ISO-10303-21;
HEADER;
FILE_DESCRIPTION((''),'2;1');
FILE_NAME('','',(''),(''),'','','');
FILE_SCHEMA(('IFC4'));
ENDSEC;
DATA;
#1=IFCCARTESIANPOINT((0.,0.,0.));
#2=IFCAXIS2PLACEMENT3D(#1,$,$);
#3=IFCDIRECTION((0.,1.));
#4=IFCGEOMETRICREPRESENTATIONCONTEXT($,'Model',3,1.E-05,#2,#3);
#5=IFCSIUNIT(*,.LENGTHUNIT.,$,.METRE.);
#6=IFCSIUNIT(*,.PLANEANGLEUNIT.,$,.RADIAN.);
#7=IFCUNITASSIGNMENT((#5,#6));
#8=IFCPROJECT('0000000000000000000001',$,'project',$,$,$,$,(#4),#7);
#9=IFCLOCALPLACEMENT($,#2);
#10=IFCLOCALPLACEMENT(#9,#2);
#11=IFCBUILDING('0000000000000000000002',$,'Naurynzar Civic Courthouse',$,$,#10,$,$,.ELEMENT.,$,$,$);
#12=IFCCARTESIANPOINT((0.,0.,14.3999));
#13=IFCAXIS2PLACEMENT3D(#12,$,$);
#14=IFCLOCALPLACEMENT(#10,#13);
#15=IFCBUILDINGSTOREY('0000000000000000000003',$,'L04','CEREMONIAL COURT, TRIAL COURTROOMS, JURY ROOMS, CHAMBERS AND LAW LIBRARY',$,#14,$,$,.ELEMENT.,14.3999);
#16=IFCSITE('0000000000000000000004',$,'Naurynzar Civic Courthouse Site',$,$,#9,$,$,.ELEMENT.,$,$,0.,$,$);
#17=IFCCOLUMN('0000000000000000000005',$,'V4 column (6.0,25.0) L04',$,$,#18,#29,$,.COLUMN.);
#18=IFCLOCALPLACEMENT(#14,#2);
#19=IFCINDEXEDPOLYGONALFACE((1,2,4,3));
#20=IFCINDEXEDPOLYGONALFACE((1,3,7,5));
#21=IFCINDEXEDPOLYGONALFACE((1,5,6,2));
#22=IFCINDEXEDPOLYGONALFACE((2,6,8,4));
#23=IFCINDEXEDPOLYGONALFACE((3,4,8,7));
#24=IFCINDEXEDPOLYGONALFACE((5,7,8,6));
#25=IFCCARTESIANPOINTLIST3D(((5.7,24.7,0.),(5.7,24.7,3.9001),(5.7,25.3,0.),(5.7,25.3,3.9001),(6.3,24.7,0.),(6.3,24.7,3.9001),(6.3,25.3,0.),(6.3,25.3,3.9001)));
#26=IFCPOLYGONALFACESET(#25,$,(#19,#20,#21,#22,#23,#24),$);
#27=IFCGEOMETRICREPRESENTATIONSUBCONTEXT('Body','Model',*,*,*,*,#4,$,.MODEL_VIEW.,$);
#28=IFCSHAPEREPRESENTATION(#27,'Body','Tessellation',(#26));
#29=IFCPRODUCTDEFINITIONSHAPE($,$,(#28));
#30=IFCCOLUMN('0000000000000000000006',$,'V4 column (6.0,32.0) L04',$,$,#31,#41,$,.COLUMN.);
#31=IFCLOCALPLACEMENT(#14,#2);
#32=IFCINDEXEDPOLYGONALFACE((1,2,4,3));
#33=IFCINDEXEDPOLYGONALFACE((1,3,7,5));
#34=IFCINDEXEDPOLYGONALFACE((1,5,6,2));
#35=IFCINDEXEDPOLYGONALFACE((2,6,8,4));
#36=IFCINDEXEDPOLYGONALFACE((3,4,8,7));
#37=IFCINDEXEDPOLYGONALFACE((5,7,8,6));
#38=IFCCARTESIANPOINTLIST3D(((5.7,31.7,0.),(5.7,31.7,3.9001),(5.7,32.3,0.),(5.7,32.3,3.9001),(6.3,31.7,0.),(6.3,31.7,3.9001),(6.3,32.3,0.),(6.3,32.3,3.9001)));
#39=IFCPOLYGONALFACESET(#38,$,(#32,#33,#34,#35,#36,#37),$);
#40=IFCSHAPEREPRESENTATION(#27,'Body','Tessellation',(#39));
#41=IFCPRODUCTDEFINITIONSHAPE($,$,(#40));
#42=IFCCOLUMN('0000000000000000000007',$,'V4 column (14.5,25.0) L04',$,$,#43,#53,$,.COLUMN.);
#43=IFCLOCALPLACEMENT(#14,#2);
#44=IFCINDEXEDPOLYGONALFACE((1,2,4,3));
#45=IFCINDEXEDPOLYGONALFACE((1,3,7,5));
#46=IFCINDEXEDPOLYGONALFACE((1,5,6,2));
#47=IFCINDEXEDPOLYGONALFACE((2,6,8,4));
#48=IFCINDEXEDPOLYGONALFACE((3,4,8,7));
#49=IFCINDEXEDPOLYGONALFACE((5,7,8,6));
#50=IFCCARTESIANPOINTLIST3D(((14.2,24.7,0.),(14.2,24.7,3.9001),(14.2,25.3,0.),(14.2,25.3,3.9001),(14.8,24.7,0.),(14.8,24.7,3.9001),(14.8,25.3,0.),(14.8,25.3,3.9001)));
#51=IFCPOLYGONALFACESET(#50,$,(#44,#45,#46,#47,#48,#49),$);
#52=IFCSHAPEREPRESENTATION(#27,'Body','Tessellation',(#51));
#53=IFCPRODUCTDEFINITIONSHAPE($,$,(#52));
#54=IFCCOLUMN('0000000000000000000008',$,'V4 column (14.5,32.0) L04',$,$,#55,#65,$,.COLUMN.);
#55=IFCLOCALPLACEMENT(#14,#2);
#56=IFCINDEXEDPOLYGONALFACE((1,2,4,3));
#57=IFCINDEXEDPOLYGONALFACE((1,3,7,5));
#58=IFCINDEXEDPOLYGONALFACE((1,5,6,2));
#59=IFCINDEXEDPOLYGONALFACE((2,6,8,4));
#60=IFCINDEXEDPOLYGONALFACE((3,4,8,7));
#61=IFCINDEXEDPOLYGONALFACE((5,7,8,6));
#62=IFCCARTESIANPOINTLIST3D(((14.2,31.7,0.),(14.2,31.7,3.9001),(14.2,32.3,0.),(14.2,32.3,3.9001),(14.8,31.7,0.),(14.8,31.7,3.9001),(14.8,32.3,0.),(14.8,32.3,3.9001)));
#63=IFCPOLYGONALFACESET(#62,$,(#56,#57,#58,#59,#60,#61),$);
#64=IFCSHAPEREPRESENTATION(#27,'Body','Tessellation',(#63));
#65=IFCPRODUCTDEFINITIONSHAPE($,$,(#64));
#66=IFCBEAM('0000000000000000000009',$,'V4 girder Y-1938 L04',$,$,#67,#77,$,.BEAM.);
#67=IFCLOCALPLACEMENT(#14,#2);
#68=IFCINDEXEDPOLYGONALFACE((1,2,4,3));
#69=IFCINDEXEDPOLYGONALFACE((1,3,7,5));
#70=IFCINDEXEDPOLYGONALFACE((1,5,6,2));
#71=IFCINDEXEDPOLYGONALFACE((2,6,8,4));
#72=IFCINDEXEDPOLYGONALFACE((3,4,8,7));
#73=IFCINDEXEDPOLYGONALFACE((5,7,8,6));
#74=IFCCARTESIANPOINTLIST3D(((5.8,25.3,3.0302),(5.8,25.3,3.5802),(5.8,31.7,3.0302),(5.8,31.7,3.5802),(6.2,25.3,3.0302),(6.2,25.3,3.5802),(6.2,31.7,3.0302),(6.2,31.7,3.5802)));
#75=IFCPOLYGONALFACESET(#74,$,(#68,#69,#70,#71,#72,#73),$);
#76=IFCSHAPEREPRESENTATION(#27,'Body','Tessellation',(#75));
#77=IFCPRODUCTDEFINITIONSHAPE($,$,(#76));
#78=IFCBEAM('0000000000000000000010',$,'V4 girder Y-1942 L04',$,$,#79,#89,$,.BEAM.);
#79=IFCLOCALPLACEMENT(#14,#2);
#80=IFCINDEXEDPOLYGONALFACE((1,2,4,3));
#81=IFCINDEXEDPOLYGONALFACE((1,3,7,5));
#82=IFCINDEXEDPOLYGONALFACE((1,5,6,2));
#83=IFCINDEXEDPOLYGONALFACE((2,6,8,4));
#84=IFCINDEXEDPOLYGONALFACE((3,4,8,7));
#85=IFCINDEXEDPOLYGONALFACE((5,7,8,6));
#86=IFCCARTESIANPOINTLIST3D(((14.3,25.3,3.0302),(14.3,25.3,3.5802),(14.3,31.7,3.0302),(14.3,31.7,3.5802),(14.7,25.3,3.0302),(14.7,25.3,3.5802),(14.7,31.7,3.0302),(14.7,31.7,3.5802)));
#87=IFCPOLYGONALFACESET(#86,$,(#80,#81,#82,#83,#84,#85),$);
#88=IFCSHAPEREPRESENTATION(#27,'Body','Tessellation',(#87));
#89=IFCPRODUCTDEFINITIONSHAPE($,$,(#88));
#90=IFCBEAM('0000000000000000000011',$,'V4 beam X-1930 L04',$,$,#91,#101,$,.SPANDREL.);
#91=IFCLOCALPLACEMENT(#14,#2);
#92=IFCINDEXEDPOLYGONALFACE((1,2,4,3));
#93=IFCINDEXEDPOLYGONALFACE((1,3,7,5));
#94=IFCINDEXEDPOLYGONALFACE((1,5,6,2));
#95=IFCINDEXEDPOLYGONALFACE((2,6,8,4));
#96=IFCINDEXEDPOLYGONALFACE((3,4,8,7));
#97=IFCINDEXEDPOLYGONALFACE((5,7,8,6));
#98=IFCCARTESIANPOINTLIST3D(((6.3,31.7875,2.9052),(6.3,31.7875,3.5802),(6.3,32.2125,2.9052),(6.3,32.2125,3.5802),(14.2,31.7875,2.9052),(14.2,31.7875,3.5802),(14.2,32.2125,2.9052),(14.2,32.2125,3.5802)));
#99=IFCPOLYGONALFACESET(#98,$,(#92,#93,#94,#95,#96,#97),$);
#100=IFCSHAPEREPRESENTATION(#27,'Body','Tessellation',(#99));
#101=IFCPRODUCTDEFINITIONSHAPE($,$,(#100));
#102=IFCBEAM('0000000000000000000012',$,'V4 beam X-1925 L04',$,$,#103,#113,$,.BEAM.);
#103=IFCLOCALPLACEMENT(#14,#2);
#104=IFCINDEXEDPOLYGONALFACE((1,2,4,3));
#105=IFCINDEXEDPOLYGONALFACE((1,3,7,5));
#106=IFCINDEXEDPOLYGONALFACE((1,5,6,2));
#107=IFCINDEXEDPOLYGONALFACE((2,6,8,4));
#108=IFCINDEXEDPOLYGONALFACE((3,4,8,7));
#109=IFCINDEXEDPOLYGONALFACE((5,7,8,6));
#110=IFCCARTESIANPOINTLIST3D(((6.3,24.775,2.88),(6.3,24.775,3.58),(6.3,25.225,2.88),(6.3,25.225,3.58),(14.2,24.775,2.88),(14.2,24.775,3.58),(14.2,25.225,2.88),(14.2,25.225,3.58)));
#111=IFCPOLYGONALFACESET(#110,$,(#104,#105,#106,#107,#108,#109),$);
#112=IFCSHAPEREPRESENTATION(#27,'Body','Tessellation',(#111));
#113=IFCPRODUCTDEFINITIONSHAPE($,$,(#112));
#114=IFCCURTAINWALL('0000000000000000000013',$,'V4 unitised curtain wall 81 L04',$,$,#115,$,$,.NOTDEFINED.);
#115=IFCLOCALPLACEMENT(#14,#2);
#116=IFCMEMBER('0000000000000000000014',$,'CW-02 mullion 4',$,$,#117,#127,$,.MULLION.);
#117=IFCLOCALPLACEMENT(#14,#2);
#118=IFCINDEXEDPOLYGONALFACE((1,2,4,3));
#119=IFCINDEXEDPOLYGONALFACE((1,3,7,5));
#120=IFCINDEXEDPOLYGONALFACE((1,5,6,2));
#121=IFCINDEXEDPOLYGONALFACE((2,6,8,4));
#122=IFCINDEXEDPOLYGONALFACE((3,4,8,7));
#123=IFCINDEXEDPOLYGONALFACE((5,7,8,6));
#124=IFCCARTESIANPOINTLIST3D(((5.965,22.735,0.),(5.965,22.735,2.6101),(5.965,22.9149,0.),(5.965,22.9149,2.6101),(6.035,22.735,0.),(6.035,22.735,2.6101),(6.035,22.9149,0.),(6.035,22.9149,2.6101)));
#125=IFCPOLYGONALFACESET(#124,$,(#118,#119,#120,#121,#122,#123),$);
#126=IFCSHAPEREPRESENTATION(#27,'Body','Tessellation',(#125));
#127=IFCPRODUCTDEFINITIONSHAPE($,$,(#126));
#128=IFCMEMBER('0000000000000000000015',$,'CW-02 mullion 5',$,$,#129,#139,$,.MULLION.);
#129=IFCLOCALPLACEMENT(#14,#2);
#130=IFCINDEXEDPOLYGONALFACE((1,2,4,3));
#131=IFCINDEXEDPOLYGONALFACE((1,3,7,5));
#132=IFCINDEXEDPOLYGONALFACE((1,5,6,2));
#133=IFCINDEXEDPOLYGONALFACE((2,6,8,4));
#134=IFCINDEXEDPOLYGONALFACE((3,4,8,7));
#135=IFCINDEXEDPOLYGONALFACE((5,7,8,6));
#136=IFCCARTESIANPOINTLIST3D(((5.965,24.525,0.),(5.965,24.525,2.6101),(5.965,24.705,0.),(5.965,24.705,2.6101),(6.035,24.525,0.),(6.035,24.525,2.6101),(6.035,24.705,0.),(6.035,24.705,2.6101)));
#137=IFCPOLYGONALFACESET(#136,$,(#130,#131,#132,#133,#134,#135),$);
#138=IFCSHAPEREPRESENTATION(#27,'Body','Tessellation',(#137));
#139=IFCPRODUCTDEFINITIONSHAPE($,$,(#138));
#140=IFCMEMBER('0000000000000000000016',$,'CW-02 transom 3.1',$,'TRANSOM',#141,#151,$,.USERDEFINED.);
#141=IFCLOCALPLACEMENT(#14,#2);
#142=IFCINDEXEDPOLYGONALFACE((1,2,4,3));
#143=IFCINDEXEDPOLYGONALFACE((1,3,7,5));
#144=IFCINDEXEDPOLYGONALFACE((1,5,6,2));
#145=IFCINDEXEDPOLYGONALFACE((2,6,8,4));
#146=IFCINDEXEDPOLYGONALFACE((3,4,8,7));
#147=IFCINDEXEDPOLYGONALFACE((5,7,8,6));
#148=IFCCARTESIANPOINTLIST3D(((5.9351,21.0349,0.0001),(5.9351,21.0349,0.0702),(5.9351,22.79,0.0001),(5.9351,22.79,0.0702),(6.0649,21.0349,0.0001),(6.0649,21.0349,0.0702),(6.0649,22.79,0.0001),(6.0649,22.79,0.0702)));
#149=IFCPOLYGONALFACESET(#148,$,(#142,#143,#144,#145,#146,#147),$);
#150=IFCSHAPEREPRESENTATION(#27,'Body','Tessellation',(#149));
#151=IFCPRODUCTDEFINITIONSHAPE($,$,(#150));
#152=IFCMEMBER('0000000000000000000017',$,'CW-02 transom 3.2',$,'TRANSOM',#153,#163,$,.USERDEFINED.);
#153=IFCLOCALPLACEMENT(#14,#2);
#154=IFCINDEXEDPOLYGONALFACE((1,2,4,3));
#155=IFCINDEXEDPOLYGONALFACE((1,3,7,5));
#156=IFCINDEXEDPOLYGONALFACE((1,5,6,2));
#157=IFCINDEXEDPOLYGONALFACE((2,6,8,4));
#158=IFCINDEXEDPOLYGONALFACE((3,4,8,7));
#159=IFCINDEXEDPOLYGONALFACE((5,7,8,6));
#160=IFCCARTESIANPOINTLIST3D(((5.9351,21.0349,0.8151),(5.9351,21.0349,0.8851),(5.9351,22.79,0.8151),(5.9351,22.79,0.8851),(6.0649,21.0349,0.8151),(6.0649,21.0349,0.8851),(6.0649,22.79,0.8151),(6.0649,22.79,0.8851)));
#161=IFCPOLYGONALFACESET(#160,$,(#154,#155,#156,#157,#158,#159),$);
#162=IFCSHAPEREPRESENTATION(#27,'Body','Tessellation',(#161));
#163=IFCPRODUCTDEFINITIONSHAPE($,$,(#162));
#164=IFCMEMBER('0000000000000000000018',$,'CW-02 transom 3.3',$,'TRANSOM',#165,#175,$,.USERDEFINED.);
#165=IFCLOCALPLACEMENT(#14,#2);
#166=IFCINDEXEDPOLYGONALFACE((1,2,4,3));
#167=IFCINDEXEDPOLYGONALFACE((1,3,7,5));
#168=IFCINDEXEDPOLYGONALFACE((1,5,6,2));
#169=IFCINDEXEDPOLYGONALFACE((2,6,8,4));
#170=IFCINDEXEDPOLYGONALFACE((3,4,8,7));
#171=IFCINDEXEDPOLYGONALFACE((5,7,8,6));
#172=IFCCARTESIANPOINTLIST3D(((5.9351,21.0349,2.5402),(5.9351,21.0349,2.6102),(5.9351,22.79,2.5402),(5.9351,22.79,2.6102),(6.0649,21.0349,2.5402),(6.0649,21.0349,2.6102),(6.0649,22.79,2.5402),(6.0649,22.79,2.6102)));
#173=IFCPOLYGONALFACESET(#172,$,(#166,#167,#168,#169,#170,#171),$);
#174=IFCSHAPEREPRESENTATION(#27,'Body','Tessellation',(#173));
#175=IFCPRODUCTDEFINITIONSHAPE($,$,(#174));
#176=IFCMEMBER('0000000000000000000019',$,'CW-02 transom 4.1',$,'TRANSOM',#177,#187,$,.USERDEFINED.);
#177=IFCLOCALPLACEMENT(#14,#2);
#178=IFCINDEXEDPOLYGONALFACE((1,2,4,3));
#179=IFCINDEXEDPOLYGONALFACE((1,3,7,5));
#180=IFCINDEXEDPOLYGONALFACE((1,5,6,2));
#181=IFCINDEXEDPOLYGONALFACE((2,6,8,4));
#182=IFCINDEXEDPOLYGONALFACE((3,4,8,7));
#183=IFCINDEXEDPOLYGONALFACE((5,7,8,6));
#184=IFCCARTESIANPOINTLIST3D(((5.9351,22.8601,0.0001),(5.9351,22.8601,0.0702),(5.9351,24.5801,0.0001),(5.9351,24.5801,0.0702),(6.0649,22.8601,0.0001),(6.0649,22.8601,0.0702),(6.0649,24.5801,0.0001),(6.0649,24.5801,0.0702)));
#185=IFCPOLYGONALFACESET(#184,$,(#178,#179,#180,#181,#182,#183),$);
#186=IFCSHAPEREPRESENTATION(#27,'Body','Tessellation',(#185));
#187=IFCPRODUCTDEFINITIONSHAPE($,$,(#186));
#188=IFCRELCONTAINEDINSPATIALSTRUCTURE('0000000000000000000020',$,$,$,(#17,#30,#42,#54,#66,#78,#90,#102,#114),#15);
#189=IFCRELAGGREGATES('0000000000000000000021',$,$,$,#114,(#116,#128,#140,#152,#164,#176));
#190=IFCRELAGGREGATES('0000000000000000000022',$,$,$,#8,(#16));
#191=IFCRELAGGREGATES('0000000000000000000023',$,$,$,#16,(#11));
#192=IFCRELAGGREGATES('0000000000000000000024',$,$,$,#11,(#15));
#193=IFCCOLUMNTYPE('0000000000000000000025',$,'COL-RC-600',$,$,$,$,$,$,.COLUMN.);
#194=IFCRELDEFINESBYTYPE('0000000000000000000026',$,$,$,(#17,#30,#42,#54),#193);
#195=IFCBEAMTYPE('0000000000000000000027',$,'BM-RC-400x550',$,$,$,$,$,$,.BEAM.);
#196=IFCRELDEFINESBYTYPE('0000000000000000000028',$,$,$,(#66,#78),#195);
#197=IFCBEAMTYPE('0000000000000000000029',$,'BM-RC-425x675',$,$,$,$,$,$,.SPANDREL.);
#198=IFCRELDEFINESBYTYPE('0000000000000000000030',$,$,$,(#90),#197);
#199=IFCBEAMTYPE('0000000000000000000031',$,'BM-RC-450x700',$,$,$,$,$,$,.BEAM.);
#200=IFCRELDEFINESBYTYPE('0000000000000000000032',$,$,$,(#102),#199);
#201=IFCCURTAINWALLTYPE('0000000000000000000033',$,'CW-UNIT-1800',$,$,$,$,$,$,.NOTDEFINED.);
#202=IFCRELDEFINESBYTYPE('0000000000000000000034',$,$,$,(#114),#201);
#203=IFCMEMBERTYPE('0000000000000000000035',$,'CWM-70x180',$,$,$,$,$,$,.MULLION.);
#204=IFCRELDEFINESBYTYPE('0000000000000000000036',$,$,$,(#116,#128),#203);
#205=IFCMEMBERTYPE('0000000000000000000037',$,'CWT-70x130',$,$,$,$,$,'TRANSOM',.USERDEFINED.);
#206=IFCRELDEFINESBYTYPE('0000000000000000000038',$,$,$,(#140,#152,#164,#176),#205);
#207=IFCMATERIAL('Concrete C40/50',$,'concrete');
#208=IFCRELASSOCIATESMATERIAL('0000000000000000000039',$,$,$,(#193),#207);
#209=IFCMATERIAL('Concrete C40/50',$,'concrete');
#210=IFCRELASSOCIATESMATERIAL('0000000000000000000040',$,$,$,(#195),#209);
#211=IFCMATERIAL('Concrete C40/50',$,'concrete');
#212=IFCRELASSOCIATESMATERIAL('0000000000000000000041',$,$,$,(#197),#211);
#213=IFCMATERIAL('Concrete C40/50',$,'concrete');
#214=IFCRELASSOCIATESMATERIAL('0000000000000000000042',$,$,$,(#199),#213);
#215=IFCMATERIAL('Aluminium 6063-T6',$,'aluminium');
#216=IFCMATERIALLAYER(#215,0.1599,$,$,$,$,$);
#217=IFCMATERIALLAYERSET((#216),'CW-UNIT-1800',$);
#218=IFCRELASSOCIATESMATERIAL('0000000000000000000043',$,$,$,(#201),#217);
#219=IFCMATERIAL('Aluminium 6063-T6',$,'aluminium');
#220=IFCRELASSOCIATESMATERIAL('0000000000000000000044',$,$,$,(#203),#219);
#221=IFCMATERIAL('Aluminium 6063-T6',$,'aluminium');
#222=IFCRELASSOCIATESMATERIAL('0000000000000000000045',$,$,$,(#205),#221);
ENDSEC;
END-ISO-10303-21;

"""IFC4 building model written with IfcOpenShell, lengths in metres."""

from ifc_helpers import new_model, si_unit, direction, frame, origin, origin_2d, place, context, subcontext, project, spatial, rectangle, extrude, material, layer, layer_set, material_profile, profile_set, type_object, element, aggregate, save


model = new_model("IFC4")

# Units and contexts
model_context = context("Model", 3, precision=1e-05, world=origin(), true_north=direction((0.0, 1.0)))
body_context = subcontext(model_context, "Body", "Model", "MODEL_VIEW")
ifc_project = project(units=[si_unit("LENGTHUNIT", "METRE"), si_unit("PLANEANGLEUNIT", "RADIAN")], contexts=[model_context])

# Site, building, storey
site_placement = place(None, origin())
site = spatial("IfcSite", under=ifc_project, at=site_placement, Name="Naurynzar Civic Courthouse Site", CompositionType="ELEMENT", RefElevation=0.0)
building_placement = place(site_placement, origin())
building = spatial("IfcBuilding", under=site, at=building_placement, Name="Naurynzar Civic Courthouse", CompositionType="ELEMENT")
storey_placement = place(building_placement, frame((0.0, 0.0, 14.3999)))
storey = spatial("IfcBuildingStorey", under=building, at=storey_placement, Name="L04", Description="CEREMONIAL COURT, TRIAL COURTROOMS, JURY ROOMS, CHAMBERS AND LAW LIBRARY", CompositionType="ELEMENT", Elevation=14.3999)

# Columns
ifc_material_1 = material(Name="Concrete C40/50", Category="concrete")
ifc_material_profile_1 = material_profile(ifc_material_1, rectangle(XDim=0.6001, YDim=0.6001, at=origin_2d()), Name="RC 600x600")
ifc_profile_set_1 = profile_set([ifc_material_profile_1], Name="Concrete C40/50")
column_type = type_object("IfcColumnType", Name="COL-RC-600", PredefinedType="COLUMN", material=ifc_profile_set_1)
for number, where, z_axis, x_axis, name in (
    (1, (6.0, 25.0, 0.0), (0.0, 0.0, 1.0), (1.0, 0.0, 0.0), "V4 column (6.0,25.0) L04"),
    (2, (6.0, 32.0, 0.0), (0.0, 0.0, 1.0), (1.0, 0.0, 0.0), "V4 column (6.0,32.0) L04"),
    (3, (14.5, 25.0, 0.0), (0.0, 0.0, 1.0), (1.0, 0.0, 0.0), "V4 column (14.5,25.0) L04"),
    (4, (14.5, 32.0, 0.0), (0.0, 0.0, 1.0), (1.0, 0.0, 0.0), "V4 column (14.5,32.0) L04"),
):
    element("IfcColumn", number, at=place(storey_placement, frame(where, z_axis=z_axis, x_axis=x_axis)), inside=storey, type_object=column_type, Name=name, PredefinedType="COLUMN", context=body_context, shape_type="SweptSolid", body=[
        extrude(rectangle(XDim=0.6001, YDim=0.6001, at=origin_2d()), origin(), (0.0, 0.0, 1.0), 3.9001),
    ])

# Beams
ifc_material_2 = material(Name="Concrete C40/50", Category="concrete")
ifc_material_profile_2 = material_profile(ifc_material_2, rectangle(XDim=0.3999, YDim=0.55, at=origin_2d()), Name="RCB 400x550")
ifc_profile_set_2 = profile_set([ifc_material_profile_2], Name="Concrete C40/50")
beam_type_1 = type_object("IfcBeamType", Name="BM-RC-400x550", PredefinedType="BEAM", material=ifc_profile_set_2)
for number, where, z_axis, x_axis, name in (
    (5, (6.0, 25.3, 3.3052), (0.0, 1.0, 0.0), (-1.0, 0.0, 0.0), "V4 girder Y-1938 L04"),
    (6, (14.5, 25.3, 3.3052), (0.0, 1.0, 0.0), (-1.0, 0.0, 0.0), "V4 girder Y-1942 L04"),
):
    element("IfcBeam", number, at=place(storey_placement, frame(where, z_axis=z_axis, x_axis=x_axis)), inside=storey, type_object=beam_type_1, Name=name, PredefinedType="BEAM", context=body_context, shape_type="SweptSolid", body=[
        extrude(rectangle(XDim=0.3999, YDim=0.55, at=origin_2d()), origin(), (0.0, 0.0, 1.0), 6.3999),
    ])
ifc_material_3 = material(Name="Concrete C40/50", Category="concrete")
ifc_material_profile_3 = material_profile(ifc_material_3, rectangle(XDim=0.425, YDim=0.675, at=origin_2d()), Name="RCB 425x675")
ifc_profile_set_3 = profile_set([ifc_material_profile_3], Name="Concrete C40/50")
beam_type_2 = type_object("IfcBeamType", Name="BM-RC-425x675", PredefinedType="SPANDREL", material=ifc_profile_set_3)
beam_1_placement = place(storey_placement, frame((6.3, 32.0, 3.2427), z_axis=(1.0, 0.0, 0.0), x_axis=(0.0, 1.0, 0.0)))
element("IfcBeam", 7, at=beam_1_placement, inside=storey, type_object=beam_type_2, Name="V4 beam X-1930 L04", PredefinedType="SPANDREL", context=body_context, shape_type="SweptSolid", body=[
    extrude(rectangle(XDim=0.425, YDim=0.675, at=origin_2d()), origin(), (0.0, 0.0, 1.0), 7.8999),
])
ifc_material_4 = material(Name="Concrete C40/50", Category="concrete")
ifc_material_profile_4 = material_profile(ifc_material_4, rectangle(XDim=0.45, YDim=0.7, at=origin_2d()), Name="RCB 450x700")
ifc_profile_set_4 = profile_set([ifc_material_profile_4], Name="Concrete C40/50")
beam_type_3 = type_object("IfcBeamType", Name="BM-RC-450x700", PredefinedType="BEAM", material=ifc_profile_set_4)
beam_2_placement = place(storey_placement, frame((6.3, 25.0, 3.23), z_axis=(1.0, 0.0, 0.0), x_axis=(0.0, 1.0, 0.0)))
element("IfcBeam", 8, at=beam_2_placement, inside=storey, type_object=beam_type_3, Name="V4 beam X-1925 L04", PredefinedType="BEAM", context=body_context, shape_type="SweptSolid", body=[
    extrude(rectangle(XDim=0.45, YDim=0.7, at=origin_2d()), origin(), (0.0, 0.0, 1.0), 7.8999),
])

# Curtain wall, members
ifc_material_5 = material(Name="Aluminium 6063-T6", Category="aluminium")
ifc_layer_1 = layer(ifc_material_5, 0.1599)
ifc_layer_set_1 = layer_set([ifc_layer_1], Name="CW-UNIT-1800")
curtain_wall_type = type_object("IfcCurtainWallType", Name="CW-UNIT-1800", PredefinedType="NOTDEFINED", material=ifc_layer_set_1)
curtain_wall_placement = place(storey_placement, origin())
curtain_wall = element("IfcCurtainWall", 9, at=curtain_wall_placement, inside=storey, type_object=curtain_wall_type, Name="V4 unitised curtain wall 81 L04", PredefinedType="NOTDEFINED")
ifc_material_6 = material(Name="Aluminium 6063-T6", Category="aluminium")
ifc_material_profile_5 = material_profile(ifc_material_6, rectangle(XDim=0.0701, YDim=0.1799, at=origin_2d()), Name="ALU MULLION 70x180")
ifc_profile_set_5 = profile_set([ifc_material_profile_5], Name="Aluminium 6063-T6")
member_type_1 = type_object("IfcMemberType", Name="CWM-70x180", PredefinedType="MULLION", material=ifc_profile_set_5)
member_1_placement = place(storey_placement, frame((6.0, 22.825, 0.0), z_axis=(0.0, 0.0, 1.0), x_axis=(-1.0, 0.0, 0.0)))
member_1 = element("IfcMember", 10, at=member_1_placement, type_object=member_type_1, Name="CW-02 mullion 4", PredefinedType="MULLION", context=body_context, shape_type="SweptSolid", body=[
    extrude(rectangle(XDim=0.0701, YDim=0.1799, at=origin_2d()), origin(), (0.0, 0.0, 1.0), 2.6101),
])
member_2_placement = place(storey_placement, frame((6.0, 24.615, 0.0), z_axis=(0.0, 0.0, 1.0), x_axis=(-1.0, 0.0, 0.0)))
member_2 = element("IfcMember", 11, at=member_2_placement, type_object=member_type_1, Name="CW-02 mullion 5", PredefinedType="MULLION", context=body_context, shape_type="SweptSolid", body=[
    extrude(rectangle(XDim=0.0701, YDim=0.1799, at=origin_2d()), origin(), (0.0, 0.0, 1.0), 2.6101),
])
ifc_material_7 = material(Name="Aluminium 6063-T6", Category="aluminium")
ifc_material_profile_6 = material_profile(ifc_material_7, rectangle(XDim=0.1299, YDim=0.0701, at=origin_2d()), Name="ALU TRANSOM 70x130")
ifc_profile_set_6 = profile_set([ifc_material_profile_6], Name="Aluminium 6063-T6")
member_type_2 = type_object("IfcMemberType", Name="CWT-70x130", ElementType="TRANSOM", PredefinedType="USERDEFINED", material=ifc_profile_set_6)
member_3_placement = place(storey_placement, frame((6.0, 21.0349, 0.0352), z_axis=(0.0, 1.0, 0.0), x_axis=(-1.0, 0.0, 0.0)))
member_3 = element("IfcMember", 12, at=member_3_placement, type_object=member_type_2, Name="CW-02 transom 3.1", ObjectType="TRANSOM", PredefinedType="USERDEFINED", context=body_context, shape_type="SweptSolid", body=[
    extrude(rectangle(XDim=0.1299, YDim=0.0701, at=origin_2d()), origin(), (0.0, 0.0, 1.0), 1.7551),
])
member_4_placement = place(storey_placement, frame((6.0, 21.0349, 0.8501), z_axis=(0.0, 1.0, 0.0), x_axis=(-1.0, 0.0, 0.0)))
member_4 = element("IfcMember", 13, at=member_4_placement, type_object=member_type_2, Name="CW-02 transom 3.2", ObjectType="TRANSOM", PredefinedType="USERDEFINED", context=body_context, shape_type="SweptSolid", body=[
    extrude(rectangle(XDim=0.1299, YDim=0.0701, at=origin_2d()), origin(), (0.0, 0.0, 1.0), 1.7551),
])
member_5_placement = place(storey_placement, frame((6.0, 21.0349, 2.5752), z_axis=(0.0, 1.0, 0.0), x_axis=(-1.0, 0.0, 0.0)))
member_5 = element("IfcMember", 14, at=member_5_placement, type_object=member_type_2, Name="CW-02 transom 3.3", ObjectType="TRANSOM", PredefinedType="USERDEFINED", context=body_context, shape_type="SweptSolid", body=[
    extrude(rectangle(XDim=0.1299, YDim=0.0701, at=origin_2d()), origin(), (0.0, 0.0, 1.0), 1.7551),
])
member_6_placement = place(storey_placement, frame((6.0, 22.8601, 0.0352), z_axis=(0.0, 1.0, 0.0), x_axis=(-1.0, 0.0, 0.0)))
member_6 = element("IfcMember", 15, at=member_6_placement, type_object=member_type_2, Name="CW-02 transom 4.1", ObjectType="TRANSOM", PredefinedType="USERDEFINED", context=body_context, shape_type="SweptSolid", body=[
    extrude(rectangle(XDim=0.1299, YDim=0.0701, at=origin_2d()), origin(), (0.0, 0.0, 1.0), 1.72),
])
aggregate(curtain_wall, [member_1, member_2, member_3, member_4, member_5, member_6])

save(model, "model.ifc")
